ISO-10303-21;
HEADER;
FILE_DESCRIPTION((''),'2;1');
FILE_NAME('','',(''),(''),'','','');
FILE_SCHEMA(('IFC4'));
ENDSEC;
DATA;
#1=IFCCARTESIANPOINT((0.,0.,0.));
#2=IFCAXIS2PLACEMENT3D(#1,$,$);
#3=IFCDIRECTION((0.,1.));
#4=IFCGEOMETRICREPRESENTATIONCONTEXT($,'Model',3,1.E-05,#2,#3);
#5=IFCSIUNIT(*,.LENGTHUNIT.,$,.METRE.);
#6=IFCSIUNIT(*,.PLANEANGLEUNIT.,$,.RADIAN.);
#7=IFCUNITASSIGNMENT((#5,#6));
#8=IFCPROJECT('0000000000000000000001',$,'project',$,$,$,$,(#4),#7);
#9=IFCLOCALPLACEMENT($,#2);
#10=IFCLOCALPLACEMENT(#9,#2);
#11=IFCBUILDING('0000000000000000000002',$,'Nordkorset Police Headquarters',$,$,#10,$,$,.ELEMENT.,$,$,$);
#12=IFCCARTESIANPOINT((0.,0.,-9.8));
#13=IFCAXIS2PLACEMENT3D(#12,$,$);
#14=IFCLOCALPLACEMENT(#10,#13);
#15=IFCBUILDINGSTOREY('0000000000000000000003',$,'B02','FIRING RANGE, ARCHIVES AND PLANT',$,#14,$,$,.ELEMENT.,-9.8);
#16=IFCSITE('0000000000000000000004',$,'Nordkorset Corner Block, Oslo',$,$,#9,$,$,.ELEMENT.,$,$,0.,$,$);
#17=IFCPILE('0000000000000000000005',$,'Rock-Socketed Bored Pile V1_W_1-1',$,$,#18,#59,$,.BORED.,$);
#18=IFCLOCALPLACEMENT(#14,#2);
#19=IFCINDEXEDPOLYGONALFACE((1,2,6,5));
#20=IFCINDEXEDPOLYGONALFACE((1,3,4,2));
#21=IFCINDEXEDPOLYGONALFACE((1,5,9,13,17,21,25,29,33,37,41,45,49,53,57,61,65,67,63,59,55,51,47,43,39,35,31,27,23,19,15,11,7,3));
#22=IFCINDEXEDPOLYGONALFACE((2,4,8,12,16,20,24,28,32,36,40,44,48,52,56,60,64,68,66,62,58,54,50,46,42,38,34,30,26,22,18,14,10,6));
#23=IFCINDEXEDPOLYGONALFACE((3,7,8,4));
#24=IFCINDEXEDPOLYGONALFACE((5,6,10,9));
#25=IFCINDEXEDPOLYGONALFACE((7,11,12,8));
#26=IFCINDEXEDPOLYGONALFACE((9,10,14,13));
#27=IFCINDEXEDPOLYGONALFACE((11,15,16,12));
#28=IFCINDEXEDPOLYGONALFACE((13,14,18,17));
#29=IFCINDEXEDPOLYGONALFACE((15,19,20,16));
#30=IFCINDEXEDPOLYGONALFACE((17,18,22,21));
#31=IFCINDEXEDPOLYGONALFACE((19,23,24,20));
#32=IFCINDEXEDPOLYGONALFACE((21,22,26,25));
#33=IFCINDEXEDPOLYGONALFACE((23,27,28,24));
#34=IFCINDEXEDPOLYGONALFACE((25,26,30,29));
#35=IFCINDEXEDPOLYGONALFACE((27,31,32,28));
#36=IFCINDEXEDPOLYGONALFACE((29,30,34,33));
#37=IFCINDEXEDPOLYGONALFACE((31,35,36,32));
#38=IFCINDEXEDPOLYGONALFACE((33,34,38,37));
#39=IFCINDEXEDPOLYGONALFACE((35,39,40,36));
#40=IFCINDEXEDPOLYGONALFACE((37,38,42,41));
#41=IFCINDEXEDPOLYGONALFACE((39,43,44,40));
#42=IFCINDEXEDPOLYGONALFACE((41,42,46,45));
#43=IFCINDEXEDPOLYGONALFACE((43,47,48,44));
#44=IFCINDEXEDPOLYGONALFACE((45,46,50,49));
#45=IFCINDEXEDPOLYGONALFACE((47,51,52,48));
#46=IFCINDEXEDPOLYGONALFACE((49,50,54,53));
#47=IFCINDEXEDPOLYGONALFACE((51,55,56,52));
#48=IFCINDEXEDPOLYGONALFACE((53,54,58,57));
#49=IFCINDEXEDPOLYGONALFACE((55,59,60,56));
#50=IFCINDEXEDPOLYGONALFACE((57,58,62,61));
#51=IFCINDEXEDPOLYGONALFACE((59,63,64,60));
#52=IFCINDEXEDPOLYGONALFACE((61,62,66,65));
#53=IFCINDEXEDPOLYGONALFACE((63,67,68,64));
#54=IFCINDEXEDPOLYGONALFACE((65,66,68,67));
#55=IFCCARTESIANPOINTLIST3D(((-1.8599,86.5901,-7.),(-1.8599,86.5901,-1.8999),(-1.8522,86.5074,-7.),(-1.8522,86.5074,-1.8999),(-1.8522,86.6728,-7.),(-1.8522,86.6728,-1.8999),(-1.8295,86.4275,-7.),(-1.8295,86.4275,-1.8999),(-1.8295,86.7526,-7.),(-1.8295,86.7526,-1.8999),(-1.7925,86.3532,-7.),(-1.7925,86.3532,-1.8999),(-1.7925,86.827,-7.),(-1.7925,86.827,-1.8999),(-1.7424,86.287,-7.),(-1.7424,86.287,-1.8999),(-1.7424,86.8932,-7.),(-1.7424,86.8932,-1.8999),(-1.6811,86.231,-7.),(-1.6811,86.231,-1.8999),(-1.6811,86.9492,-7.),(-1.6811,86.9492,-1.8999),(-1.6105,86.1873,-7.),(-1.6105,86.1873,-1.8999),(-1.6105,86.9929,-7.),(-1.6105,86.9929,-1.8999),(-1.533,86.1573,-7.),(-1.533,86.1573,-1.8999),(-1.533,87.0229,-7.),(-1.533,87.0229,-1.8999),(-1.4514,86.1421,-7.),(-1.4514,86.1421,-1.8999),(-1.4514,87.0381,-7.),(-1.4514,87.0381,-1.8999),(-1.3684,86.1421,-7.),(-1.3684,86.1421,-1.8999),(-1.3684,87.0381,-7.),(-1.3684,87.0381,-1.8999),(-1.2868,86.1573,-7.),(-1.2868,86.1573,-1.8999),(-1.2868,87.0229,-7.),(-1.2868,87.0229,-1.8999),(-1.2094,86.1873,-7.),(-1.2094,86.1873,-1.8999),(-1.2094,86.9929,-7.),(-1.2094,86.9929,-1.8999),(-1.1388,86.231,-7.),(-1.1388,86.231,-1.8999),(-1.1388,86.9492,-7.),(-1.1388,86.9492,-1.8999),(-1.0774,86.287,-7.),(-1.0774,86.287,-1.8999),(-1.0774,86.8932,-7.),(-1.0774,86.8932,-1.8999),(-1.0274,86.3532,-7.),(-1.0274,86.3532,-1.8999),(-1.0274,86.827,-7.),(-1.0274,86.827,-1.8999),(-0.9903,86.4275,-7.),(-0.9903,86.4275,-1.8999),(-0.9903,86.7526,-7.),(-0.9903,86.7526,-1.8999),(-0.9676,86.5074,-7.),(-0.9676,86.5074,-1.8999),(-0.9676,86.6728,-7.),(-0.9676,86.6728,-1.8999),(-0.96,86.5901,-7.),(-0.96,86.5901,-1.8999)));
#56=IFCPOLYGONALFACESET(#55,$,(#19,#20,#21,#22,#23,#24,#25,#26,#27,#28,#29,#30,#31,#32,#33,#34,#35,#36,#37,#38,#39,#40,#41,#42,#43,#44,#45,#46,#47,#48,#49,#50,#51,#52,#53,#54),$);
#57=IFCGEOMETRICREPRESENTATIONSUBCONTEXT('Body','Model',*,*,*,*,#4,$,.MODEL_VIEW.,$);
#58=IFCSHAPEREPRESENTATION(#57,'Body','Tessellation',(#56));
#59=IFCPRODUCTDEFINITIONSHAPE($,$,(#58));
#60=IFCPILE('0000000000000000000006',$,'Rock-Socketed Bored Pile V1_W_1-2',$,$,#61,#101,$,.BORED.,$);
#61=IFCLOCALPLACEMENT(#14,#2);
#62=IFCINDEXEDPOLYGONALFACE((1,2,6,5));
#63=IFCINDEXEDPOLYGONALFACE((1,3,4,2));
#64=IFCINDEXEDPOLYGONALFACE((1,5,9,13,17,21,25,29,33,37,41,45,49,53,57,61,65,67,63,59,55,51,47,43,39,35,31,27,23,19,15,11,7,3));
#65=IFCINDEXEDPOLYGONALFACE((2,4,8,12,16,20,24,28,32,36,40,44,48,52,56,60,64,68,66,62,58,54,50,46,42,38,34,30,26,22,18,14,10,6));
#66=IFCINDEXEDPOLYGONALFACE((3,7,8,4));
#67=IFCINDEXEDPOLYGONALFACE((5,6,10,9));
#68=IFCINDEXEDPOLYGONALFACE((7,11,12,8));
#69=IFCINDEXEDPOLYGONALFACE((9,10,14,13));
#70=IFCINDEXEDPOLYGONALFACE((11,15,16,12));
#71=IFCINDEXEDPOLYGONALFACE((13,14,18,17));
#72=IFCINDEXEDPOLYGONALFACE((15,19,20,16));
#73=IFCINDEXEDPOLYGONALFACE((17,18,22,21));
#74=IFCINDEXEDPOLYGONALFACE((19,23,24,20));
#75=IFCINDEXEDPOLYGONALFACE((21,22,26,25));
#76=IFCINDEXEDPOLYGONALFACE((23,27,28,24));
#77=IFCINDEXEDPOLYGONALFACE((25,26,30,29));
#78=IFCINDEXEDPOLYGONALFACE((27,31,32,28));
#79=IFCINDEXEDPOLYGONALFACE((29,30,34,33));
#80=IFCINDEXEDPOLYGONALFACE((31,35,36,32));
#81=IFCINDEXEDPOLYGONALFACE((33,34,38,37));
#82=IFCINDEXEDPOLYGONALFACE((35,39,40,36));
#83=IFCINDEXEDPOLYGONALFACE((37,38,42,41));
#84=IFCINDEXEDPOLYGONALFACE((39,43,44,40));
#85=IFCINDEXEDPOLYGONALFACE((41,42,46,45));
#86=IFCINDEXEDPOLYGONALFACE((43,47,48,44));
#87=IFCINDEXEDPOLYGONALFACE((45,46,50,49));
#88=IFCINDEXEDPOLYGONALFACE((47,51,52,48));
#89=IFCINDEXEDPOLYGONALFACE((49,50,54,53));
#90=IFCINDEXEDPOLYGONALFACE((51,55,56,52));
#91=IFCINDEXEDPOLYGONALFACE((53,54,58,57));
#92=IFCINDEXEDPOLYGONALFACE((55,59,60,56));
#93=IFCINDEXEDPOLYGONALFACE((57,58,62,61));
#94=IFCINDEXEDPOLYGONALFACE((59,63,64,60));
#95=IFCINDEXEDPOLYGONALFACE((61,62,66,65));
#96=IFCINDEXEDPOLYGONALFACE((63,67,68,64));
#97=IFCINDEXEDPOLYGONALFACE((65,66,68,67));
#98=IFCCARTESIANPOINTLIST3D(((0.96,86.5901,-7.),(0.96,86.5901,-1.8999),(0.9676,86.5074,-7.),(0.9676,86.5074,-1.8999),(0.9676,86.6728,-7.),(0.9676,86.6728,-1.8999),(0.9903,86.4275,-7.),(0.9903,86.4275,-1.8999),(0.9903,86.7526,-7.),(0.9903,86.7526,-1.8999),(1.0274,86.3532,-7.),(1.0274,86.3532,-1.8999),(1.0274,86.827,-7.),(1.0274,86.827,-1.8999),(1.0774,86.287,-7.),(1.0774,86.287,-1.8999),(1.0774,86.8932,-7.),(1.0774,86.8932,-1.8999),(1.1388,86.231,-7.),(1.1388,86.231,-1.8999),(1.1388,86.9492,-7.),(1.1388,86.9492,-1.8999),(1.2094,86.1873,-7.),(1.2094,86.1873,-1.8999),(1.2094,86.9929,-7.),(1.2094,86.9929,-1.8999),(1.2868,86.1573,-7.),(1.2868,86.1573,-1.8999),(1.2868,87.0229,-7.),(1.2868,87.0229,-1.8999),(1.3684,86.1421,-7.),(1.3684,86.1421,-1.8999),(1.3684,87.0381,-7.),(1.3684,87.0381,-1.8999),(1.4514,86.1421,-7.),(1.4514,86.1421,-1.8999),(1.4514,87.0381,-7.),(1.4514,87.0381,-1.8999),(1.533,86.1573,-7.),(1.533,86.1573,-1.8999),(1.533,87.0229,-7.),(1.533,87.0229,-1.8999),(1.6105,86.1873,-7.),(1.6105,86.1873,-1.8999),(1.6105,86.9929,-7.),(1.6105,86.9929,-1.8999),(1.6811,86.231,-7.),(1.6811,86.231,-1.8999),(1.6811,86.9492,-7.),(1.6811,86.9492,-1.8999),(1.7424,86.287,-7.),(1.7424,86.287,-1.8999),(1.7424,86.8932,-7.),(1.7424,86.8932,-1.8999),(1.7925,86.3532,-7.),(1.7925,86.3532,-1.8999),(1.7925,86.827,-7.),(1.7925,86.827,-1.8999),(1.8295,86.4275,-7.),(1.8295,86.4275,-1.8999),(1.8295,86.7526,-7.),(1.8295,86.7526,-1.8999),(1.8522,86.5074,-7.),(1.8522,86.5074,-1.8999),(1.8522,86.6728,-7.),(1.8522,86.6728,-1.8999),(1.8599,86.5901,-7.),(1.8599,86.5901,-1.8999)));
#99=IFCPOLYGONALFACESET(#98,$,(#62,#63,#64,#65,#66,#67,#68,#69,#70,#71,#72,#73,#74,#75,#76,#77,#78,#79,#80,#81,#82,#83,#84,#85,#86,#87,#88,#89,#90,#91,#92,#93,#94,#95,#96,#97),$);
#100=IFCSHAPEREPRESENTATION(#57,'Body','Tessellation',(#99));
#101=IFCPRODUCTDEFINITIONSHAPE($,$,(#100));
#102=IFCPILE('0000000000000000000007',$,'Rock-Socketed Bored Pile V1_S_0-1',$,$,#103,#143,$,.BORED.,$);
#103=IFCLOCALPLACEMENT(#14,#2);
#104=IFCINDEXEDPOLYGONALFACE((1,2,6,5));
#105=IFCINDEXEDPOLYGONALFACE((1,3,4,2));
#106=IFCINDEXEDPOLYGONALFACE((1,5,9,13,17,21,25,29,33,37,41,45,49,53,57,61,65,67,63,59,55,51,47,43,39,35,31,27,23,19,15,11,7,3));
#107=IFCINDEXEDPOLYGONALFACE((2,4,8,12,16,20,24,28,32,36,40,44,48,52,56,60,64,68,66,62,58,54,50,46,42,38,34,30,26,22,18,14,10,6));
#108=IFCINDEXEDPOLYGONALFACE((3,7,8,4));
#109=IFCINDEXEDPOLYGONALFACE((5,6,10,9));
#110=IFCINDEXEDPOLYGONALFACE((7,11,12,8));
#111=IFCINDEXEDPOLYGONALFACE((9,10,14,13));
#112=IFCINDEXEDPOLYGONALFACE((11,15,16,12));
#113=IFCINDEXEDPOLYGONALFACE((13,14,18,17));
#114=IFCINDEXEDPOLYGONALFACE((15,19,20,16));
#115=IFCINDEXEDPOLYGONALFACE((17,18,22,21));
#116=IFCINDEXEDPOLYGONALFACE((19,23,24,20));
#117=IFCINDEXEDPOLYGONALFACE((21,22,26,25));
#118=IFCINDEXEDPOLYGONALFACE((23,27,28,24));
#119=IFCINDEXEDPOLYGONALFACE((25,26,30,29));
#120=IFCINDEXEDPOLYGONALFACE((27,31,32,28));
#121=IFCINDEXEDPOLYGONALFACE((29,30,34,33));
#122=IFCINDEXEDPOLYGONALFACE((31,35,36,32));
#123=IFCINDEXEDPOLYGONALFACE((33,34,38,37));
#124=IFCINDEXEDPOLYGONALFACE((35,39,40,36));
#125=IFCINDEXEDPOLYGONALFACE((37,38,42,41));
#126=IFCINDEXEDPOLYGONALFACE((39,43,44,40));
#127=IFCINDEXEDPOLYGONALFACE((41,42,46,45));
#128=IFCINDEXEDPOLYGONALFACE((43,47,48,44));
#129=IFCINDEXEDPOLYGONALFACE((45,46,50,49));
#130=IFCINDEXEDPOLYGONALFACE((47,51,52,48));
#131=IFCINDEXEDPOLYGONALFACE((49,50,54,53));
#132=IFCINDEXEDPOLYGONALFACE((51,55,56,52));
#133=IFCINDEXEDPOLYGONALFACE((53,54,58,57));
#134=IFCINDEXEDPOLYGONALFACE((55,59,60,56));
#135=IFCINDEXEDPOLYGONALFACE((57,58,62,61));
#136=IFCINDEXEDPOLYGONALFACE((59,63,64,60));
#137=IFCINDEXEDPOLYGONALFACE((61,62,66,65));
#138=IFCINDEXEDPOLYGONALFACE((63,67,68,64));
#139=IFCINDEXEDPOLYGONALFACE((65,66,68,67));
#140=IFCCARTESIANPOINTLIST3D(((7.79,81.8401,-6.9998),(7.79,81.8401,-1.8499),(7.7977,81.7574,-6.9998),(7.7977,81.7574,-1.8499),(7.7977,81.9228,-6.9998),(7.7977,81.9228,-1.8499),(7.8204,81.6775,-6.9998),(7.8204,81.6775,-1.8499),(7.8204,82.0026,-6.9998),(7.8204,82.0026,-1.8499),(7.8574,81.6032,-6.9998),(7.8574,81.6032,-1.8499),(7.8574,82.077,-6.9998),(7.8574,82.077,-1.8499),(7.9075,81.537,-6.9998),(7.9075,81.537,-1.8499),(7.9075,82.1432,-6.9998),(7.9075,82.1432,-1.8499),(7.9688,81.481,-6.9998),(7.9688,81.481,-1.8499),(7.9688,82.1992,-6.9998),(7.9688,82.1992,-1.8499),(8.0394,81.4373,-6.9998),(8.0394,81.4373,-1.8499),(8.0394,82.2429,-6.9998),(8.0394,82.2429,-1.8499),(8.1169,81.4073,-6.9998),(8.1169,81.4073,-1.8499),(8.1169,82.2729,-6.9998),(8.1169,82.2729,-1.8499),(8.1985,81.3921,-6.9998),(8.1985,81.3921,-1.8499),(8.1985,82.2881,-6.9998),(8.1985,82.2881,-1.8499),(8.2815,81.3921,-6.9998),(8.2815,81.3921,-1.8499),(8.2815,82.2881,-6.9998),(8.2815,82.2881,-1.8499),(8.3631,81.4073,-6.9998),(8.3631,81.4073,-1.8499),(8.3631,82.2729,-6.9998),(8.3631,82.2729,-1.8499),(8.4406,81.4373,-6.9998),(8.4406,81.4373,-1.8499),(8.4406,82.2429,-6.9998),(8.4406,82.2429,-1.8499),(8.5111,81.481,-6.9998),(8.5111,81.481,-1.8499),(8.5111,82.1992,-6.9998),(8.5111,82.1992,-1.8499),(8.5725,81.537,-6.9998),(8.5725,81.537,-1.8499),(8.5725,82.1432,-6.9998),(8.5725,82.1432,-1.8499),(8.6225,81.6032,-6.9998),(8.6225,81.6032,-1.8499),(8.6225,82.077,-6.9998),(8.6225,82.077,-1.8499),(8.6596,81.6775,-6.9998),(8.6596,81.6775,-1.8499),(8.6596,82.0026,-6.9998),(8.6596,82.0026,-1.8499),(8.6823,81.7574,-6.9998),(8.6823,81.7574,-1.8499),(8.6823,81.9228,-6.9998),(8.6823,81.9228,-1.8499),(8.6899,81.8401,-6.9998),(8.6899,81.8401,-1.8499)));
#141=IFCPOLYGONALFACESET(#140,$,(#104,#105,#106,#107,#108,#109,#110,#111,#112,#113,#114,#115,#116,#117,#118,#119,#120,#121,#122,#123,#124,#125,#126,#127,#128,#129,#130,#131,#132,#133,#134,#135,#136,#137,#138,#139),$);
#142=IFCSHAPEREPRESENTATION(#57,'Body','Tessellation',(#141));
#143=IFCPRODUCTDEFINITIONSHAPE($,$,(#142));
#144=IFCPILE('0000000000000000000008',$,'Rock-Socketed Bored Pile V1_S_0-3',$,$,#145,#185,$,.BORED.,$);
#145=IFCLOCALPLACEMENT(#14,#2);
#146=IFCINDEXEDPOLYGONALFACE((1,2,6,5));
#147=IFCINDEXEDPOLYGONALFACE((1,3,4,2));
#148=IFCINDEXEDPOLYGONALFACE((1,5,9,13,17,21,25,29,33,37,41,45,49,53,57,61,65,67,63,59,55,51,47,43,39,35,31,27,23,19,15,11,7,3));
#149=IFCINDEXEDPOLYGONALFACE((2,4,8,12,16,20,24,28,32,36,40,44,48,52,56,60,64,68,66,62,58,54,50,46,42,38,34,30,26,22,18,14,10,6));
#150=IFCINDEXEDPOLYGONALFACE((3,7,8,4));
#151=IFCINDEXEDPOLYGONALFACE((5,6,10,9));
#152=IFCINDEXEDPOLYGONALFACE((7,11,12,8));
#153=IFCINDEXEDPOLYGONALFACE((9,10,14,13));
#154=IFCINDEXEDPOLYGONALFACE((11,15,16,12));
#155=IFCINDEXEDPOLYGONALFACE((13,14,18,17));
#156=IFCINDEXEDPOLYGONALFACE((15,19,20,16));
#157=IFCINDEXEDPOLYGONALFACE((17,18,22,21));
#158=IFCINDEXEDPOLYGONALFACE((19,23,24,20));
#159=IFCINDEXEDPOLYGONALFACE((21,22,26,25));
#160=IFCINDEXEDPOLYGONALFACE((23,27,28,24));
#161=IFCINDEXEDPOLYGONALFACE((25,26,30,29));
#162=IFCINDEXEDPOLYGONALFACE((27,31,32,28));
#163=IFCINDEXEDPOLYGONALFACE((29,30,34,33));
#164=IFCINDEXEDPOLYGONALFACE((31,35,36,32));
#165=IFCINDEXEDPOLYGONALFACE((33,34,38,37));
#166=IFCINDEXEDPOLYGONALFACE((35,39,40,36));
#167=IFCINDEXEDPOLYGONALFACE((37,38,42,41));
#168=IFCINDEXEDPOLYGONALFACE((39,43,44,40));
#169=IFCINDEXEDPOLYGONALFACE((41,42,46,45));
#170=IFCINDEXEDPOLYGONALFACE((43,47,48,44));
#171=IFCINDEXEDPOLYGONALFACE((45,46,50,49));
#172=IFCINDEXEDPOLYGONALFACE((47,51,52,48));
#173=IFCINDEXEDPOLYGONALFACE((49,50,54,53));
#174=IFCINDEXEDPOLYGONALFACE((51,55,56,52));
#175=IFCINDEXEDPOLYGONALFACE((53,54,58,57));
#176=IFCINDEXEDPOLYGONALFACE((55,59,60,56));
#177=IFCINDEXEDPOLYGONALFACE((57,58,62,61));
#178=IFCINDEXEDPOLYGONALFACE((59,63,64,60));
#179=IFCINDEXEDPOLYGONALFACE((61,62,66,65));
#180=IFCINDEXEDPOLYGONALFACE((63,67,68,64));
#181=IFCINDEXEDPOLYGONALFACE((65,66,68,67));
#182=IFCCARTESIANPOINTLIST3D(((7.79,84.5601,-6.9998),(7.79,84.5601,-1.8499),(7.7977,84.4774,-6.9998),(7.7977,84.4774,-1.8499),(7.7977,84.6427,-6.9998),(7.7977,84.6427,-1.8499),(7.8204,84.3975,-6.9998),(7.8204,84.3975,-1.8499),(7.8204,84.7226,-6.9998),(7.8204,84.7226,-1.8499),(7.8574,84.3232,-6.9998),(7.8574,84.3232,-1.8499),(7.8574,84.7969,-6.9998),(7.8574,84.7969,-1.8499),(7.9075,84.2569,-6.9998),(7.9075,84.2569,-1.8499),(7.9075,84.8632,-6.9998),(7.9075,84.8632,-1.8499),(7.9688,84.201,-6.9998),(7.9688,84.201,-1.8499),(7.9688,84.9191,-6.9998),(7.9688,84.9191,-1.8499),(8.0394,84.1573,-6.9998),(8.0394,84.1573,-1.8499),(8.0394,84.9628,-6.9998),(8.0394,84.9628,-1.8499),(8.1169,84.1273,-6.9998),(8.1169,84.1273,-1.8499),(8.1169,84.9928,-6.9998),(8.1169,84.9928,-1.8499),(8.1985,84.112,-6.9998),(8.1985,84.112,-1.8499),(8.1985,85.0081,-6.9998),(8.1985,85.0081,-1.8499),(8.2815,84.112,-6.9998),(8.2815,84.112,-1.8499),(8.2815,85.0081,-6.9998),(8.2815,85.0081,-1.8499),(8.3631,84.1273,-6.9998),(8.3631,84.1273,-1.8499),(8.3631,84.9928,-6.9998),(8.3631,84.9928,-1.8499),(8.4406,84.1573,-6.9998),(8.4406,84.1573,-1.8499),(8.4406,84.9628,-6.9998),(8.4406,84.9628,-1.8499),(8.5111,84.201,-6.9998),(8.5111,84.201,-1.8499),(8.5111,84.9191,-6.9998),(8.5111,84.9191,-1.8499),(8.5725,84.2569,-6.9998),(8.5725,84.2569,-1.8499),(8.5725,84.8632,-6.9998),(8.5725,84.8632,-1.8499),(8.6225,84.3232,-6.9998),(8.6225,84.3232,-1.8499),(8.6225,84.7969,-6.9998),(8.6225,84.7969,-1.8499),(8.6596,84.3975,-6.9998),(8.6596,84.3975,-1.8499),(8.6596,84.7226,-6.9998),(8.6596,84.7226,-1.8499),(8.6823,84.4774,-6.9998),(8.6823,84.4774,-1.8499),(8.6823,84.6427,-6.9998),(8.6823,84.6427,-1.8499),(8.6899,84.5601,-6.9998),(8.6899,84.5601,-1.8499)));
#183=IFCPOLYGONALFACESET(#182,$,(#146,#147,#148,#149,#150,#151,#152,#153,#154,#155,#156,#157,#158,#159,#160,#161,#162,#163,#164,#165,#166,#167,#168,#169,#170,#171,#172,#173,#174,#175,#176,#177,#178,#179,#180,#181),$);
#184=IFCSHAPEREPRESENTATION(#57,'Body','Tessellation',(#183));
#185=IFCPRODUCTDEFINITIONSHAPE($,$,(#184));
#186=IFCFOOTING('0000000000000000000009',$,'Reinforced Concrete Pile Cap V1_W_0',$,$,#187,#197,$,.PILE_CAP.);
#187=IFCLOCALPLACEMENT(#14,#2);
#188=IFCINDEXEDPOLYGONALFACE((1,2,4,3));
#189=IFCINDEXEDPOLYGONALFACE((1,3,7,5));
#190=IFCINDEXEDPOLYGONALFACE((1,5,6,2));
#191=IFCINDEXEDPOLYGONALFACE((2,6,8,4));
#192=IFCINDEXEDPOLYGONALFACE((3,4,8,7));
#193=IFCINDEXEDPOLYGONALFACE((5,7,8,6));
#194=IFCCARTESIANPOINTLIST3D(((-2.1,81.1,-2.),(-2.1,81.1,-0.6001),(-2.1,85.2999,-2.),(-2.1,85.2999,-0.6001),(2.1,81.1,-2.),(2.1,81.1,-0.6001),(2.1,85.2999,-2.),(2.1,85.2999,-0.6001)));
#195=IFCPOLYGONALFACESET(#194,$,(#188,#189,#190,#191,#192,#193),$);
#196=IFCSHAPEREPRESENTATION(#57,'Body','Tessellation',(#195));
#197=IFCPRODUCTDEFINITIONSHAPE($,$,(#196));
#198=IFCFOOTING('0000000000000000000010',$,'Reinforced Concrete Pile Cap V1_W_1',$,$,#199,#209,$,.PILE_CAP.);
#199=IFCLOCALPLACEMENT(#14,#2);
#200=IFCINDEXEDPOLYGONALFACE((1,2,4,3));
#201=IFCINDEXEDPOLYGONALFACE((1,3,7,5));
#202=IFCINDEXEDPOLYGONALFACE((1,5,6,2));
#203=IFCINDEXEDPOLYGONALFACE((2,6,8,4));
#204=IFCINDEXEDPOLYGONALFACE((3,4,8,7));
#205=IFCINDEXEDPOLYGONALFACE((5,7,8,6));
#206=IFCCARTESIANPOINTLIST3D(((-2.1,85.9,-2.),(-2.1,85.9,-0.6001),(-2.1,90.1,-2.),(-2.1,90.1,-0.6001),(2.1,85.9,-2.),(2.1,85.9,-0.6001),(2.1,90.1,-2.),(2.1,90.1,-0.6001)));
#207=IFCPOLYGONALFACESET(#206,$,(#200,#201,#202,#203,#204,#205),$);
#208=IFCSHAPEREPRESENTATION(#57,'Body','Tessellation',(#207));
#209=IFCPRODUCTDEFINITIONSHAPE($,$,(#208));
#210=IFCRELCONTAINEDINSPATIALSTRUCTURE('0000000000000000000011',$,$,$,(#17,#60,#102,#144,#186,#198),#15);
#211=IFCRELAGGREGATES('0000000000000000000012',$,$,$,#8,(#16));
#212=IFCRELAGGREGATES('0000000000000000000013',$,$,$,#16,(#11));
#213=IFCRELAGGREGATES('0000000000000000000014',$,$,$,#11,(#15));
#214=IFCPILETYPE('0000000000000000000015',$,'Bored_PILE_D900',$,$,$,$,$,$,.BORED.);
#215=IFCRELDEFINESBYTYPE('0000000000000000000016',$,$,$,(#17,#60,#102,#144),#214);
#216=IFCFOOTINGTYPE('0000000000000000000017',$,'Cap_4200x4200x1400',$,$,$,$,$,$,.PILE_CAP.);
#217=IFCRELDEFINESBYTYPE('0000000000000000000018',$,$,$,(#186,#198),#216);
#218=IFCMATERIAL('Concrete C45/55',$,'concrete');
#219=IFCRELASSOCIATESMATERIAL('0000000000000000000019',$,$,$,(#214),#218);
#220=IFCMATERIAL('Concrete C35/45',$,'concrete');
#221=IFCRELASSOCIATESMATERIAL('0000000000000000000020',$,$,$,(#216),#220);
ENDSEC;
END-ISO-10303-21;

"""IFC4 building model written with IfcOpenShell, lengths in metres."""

from ifc_helpers import new_model, si_unit, direction, frame, origin, origin_2d, place, context, subcontext, project, spatial, rectangle, circle, extrude, material, material_profile, profile_set, type_object, element, save


model = new_model("IFC4")

# Units and contexts
model_context = context("Model", 3, precision=1e-05, world=origin(), true_north=direction((0.0, 1.0)))
body_context = subcontext(model_context, "Body", "Model", "MODEL_VIEW")
ifc_project = project(units=[si_unit("LENGTHUNIT", "METRE"), si_unit("PLANEANGLEUNIT", "RADIAN")], contexts=[model_context])

# Site, building, storey
site_placement = place(None, origin())
site = spatial("IfcSite", under=ifc_project, at=site_placement, Name="Nordkorset Corner Block, Oslo", CompositionType="ELEMENT", RefElevation=0.0)
building_placement = place(site_placement, origin())
building = spatial("IfcBuilding", under=site, at=building_placement, Name="Nordkorset Police Headquarters", CompositionType="ELEMENT")
storey_placement = place(building_placement, frame((0.0, 0.0, -9.8)))
storey = spatial("IfcBuildingStorey", under=building, at=storey_placement, Name="B02", Description="FIRING RANGE, ARCHIVES AND PLANT", CompositionType="ELEMENT", Elevation=-9.8)

# Piles
ifc_material_1 = material(Name="Concrete C45/55", Category="concrete")
ifc_material_profile_1 = material_profile(ifc_material_1, circle(Radius=0.45, at=origin_2d()), Name="PILE D900")
ifc_profile_set_1 = profile_set([ifc_material_profile_1], Name="Concrete C45/55")
pile_type = type_object("IfcPileType", Name="Bored_PILE_D900", PredefinedType="BORED", material=ifc_profile_set_1)
for number, where, z_axis, x_axis, name in (
    (1, (-1.4099, 86.5901, -1.8999), (0.0, 0.0, -1.0), (1.0, 0.0, 0.0), "Rock-Socketed Bored Pile V1_W_1-1"),
    (2, (1.4099, 86.5901, -1.8999), (0.0, 0.0, -1.0), (1.0, 0.0, 0.0), "Rock-Socketed Bored Pile V1_W_1-2"),
):
    element("IfcPile", number, at=place(storey_placement, frame(where, z_axis=z_axis, x_axis=x_axis)), inside=storey, type_object=pile_type, Name=name, PredefinedType="BORED", context=body_context, shape_type="SweptSolid", body=[
        extrude(circle(Radius=0.45, at=origin_2d()), origin(), (0.0, 0.0, 1.0), 5.1001),
    ])
for number, where, z_axis, x_axis, name in (
    (3, (8.24, 81.8401, -1.8499), (0.0, 0.0, -1.0), (1.0, 0.0, 0.0), "Rock-Socketed Bored Pile V1_S_0-1"),
    (4, (8.24, 84.5601, -1.8499), (0.0, 0.0, -1.0), (1.0, 0.0, 0.0), "Rock-Socketed Bored Pile V1_S_0-3"),
):
    element("IfcPile", number, at=place(storey_placement, frame(where, z_axis=z_axis, x_axis=x_axis)), inside=storey, type_object=pile_type, Name=name, PredefinedType="BORED", context=body_context, shape_type="SweptSolid", body=[
        extrude(circle(Radius=0.45, at=origin_2d()), origin(), (0.0, 0.0, 1.0), 5.1499),
    ])

# Footings
ifc_material_2 = material(Name="Concrete C35/45", Category="concrete")
footing_type = type_object("IfcFootingType", Name="Cap_4200x4200x1400", PredefinedType="PILE_CAP", material=ifc_material_2)
for number, where, z_axis, x_axis, name in (
    (5, (0.0, 83.2, -2.0), (0.0, 0.0, 1.0), (1.0, 0.0, 0.0), "Reinforced Concrete Pile Cap V1_W_0"),
    (6, (0.0, 88.0, -2.0), (0.0, 0.0, 1.0), (1.0, 0.0, 0.0), "Reinforced Concrete Pile Cap V1_W_1"),
):
    element("IfcFooting", number, at=place(storey_placement, frame(where, z_axis=z_axis, x_axis=x_axis)), inside=storey, type_object=footing_type, Name=name, PredefinedType="PILE_CAP", context=body_context, shape_type="SweptSolid", body=[
        extrude(rectangle(XDim=4.2, YDim=4.2, at=origin_2d()), origin(), (0.0, 0.0, 1.0), 1.3999),
    ])

save(model, "model.ifc")
